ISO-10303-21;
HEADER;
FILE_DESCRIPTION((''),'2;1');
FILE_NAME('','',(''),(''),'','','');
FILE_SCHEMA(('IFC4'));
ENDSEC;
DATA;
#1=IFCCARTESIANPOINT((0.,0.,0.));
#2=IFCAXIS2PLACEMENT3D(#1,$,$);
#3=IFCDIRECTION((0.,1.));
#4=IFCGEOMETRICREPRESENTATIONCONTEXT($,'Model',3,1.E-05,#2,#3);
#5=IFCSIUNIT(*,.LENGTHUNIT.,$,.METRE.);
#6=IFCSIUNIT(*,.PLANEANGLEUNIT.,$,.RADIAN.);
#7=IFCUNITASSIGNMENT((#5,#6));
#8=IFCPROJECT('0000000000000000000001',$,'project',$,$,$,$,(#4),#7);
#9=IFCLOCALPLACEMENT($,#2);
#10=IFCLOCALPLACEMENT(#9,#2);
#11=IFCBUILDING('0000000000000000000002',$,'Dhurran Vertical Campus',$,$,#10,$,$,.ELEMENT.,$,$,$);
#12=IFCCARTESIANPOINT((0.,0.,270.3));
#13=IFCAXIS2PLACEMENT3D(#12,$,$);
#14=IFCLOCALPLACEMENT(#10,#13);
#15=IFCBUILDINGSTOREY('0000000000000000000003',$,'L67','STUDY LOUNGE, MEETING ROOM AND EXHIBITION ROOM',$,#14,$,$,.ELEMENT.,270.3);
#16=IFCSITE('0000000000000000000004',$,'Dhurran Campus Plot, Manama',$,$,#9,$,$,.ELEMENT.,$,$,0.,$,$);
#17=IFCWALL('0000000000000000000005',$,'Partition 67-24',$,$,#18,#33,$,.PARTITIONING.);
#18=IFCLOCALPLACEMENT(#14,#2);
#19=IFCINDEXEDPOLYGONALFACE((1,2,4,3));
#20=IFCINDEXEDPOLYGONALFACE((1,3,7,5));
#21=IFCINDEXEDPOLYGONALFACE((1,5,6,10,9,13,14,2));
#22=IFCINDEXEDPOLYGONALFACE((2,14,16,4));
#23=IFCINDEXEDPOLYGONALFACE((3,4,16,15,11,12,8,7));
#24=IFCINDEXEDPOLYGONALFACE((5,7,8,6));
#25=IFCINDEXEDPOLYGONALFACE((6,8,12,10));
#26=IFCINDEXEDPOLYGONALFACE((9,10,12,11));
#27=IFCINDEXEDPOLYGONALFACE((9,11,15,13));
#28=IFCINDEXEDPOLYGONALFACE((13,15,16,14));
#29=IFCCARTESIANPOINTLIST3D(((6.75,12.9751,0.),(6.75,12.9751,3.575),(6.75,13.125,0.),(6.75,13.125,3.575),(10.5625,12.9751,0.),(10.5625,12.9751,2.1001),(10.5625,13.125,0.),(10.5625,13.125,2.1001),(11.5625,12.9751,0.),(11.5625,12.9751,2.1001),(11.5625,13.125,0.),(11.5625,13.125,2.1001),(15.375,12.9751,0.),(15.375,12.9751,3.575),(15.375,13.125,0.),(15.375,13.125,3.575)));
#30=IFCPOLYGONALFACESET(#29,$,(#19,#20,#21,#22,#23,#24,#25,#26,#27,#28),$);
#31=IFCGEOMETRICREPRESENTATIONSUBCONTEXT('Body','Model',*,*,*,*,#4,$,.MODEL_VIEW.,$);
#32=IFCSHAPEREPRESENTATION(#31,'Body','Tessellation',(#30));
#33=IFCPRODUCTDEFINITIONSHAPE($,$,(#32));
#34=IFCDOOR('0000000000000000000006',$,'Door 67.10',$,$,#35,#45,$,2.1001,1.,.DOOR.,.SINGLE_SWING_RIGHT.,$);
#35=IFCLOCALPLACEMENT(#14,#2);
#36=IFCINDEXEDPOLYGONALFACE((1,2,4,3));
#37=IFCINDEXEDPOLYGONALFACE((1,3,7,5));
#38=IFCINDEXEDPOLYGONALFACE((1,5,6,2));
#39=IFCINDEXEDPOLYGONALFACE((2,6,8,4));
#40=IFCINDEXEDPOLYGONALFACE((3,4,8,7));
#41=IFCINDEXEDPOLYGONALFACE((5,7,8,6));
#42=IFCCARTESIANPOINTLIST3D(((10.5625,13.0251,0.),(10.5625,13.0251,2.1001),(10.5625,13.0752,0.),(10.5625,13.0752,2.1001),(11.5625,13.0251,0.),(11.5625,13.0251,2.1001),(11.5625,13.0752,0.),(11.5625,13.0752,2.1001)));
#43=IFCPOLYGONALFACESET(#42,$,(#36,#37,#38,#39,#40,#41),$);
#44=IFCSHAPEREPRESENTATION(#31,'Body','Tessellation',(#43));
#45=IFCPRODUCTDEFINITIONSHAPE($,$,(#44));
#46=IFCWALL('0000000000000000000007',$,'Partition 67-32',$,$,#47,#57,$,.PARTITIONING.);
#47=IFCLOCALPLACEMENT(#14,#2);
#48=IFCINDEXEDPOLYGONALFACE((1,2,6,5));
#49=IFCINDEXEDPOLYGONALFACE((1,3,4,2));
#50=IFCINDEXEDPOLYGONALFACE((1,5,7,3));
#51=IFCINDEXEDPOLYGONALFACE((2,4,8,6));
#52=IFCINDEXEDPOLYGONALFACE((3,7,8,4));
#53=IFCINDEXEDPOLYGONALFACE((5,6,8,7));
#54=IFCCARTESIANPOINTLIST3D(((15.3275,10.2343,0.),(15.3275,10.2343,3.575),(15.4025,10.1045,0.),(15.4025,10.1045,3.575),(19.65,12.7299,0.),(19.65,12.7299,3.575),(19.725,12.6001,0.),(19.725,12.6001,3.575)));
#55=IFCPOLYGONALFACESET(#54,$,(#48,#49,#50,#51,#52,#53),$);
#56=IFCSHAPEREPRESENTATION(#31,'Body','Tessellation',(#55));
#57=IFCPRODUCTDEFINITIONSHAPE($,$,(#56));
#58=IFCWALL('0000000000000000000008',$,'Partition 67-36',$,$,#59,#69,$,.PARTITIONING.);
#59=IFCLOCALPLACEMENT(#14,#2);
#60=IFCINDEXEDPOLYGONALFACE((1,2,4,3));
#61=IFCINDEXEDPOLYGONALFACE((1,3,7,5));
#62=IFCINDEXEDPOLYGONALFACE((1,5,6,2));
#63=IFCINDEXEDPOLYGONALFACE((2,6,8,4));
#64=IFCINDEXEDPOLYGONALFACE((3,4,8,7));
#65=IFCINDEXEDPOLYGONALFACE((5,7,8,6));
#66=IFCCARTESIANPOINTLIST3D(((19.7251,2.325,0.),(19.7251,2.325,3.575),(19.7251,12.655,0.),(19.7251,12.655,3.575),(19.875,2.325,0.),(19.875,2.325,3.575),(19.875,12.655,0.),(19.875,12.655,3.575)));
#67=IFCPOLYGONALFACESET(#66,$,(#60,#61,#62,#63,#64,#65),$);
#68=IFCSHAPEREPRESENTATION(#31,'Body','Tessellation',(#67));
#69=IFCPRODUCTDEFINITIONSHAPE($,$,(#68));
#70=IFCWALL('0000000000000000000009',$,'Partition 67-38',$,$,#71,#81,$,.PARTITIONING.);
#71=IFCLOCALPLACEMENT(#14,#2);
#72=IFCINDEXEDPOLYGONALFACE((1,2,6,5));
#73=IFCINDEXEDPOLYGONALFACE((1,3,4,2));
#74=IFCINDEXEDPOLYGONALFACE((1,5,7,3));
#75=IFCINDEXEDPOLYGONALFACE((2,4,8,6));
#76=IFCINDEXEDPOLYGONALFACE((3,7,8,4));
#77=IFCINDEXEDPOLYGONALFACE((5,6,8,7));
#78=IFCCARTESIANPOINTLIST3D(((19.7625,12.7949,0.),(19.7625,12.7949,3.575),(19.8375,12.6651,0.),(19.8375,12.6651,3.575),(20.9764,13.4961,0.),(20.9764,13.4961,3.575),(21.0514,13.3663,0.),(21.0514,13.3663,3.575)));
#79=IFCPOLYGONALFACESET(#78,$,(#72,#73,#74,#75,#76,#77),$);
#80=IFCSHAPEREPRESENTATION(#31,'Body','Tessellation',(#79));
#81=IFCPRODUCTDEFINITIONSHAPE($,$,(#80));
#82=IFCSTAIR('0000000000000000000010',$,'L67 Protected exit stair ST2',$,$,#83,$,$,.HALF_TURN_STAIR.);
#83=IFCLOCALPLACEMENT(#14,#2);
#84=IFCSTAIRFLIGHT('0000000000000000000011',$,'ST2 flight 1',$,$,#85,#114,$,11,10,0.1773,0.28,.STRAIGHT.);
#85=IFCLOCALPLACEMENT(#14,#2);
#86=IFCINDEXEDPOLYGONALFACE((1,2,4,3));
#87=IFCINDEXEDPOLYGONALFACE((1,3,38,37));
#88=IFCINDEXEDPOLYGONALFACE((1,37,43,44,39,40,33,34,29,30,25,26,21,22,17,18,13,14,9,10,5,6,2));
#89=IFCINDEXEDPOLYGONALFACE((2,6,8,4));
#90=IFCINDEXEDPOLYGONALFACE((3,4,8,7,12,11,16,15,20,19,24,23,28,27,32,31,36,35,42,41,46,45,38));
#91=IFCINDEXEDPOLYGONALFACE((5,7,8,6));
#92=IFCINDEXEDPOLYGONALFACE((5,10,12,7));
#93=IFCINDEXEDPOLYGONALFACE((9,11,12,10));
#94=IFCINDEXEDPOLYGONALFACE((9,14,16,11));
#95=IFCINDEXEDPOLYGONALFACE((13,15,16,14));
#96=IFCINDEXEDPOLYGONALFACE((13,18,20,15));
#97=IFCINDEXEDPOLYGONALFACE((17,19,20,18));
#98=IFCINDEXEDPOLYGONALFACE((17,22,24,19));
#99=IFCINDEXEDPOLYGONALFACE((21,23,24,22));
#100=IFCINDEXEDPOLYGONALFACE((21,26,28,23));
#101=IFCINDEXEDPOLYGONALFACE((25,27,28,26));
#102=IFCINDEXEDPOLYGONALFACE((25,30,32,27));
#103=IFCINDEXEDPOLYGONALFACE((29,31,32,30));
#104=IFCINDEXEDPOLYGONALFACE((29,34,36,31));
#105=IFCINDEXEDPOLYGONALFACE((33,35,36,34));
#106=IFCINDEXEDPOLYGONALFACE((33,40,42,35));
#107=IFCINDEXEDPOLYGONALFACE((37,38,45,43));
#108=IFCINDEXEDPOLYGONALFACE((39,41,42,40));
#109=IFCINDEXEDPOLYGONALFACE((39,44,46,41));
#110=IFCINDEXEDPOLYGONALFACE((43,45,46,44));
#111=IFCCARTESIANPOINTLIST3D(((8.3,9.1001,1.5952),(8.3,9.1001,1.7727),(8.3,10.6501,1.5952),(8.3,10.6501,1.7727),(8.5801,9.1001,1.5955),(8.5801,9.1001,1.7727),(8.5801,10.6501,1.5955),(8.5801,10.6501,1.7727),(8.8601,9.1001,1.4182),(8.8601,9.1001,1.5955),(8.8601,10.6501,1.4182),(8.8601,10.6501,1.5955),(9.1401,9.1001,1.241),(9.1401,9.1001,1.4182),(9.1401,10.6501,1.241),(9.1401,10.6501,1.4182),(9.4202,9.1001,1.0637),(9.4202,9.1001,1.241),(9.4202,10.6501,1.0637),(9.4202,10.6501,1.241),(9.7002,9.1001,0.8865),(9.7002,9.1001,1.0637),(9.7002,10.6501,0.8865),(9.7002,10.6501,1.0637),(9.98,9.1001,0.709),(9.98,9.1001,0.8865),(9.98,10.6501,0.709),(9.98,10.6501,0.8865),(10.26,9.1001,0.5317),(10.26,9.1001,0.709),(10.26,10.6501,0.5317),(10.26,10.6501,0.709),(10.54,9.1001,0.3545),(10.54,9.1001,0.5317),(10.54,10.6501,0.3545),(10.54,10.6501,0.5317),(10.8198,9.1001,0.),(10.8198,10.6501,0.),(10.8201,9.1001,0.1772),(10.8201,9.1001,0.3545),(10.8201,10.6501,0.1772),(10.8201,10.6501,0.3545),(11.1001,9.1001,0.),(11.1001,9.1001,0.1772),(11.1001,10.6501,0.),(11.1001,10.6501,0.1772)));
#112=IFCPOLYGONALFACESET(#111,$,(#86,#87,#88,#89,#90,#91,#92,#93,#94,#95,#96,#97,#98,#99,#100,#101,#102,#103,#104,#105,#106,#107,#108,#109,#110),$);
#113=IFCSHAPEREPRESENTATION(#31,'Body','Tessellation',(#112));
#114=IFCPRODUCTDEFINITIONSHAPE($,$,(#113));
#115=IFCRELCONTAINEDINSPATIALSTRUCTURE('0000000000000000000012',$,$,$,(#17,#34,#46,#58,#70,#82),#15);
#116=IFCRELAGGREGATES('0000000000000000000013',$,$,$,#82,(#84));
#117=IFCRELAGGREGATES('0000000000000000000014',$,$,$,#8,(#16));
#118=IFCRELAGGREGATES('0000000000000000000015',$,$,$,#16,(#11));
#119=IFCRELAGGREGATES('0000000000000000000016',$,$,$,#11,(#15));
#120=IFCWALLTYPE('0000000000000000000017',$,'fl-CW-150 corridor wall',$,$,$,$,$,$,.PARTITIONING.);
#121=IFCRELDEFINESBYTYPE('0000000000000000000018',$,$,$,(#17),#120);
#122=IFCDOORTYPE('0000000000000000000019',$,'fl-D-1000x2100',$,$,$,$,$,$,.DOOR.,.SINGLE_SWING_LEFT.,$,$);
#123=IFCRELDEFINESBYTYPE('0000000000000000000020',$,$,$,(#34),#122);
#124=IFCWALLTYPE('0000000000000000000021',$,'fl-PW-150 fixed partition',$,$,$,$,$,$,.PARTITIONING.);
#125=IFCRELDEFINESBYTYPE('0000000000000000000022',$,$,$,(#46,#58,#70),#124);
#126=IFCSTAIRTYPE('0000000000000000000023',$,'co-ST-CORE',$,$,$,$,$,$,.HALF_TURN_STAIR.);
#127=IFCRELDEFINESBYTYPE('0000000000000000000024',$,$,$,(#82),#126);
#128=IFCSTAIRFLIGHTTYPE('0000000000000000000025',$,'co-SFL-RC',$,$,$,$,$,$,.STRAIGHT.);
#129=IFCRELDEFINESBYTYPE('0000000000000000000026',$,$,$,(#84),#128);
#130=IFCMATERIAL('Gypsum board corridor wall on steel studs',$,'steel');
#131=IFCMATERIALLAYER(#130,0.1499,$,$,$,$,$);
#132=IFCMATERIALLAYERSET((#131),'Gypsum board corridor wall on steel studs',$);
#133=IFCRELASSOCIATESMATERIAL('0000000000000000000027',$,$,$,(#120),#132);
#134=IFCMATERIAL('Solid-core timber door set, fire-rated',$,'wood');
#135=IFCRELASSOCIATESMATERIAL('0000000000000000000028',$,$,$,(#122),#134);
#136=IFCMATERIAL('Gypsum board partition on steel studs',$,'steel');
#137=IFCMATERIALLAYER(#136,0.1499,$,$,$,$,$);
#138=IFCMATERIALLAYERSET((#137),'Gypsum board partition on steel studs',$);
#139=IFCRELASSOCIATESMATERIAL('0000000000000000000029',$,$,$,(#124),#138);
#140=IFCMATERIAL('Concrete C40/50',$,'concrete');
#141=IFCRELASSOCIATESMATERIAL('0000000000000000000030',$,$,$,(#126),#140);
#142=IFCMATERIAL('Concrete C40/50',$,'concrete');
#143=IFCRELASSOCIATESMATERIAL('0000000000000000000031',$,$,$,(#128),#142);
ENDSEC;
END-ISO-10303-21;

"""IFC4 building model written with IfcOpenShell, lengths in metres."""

from ifc_helpers import new_model, si_unit, direction, frame, frame_2d, origin, place, context, subcontext, project, spatial, polyline, rectangle, outline, extrude, material, layer, layer_set, type_object, element, fill, aggregate, save


model = new_model("IFC4")

# Units and contexts
model_context = context("Model", 3, precision=1e-05, world=origin(), true_north=direction((0.0, 1.0)))
body_context = subcontext(model_context, "Body", "Model", "MODEL_VIEW")
ifc_project = project(units=[si_unit("LENGTHUNIT", "METRE"), si_unit("PLANEANGLEUNIT", "RADIAN")], contexts=[model_context])

# Site, building, storey
site_placement = place(None, origin())
site = spatial("IfcSite", under=ifc_project, at=site_placement, Name="Dhurran Campus Plot, Manama", CompositionType="ELEMENT", RefElevation=0.0)
building_placement = place(site_placement, origin())
building = spatial("IfcBuilding", under=site, at=building_placement, Name="Dhurran Vertical Campus", CompositionType="ELEMENT")
storey_placement = place(building_placement, frame((0.0, 0.0, 270.3)))
storey = spatial("IfcBuildingStorey", under=building, at=storey_placement, Name="L67", Description="STUDY LOUNGE, MEETING ROOM AND EXHIBITION ROOM", CompositionType="ELEMENT", Elevation=270.3)

# Wall, opening, door
ifc_material_1 = material(Name="Gypsum board corridor wall on steel studs", Category="steel")
ifc_layer_1 = layer(ifc_material_1, 0.1499)
ifc_layer_set_1 = layer_set([ifc_layer_1], Name="Gypsum board corridor wall on steel studs")
wall_type_1 = type_object("IfcWallType", Name="fl-CW-150 corridor wall", PredefinedType="PARTITIONING", material=ifc_layer_set_1)
wall_1_placement = place(storey_placement, frame((15.375, 13.05, 0.0), z_axis=(0.0, 0.0, 1.0), x_axis=(-1.0, 0.0, 0.0)))
wall_1 = element("IfcWall", 1, at=wall_1_placement, inside=storey, type_object=wall_type_1, Name="Partition 67-24", PredefinedType="PARTITIONING", context=body_context, shape_type="SweptSolid", body=[
    extrude(rectangle(XDim=8.625, YDim=0.1499, at=frame_2d((4.3125, 0.0))), origin(), (0.0, 0.0, 1.0), 3.575),
])
opening_1_placement = place(wall_1_placement, frame((3.8125, 0.0, 0.0)))
opening_1 = element("IfcOpeningElement", 2, at=opening_1_placement, cuts=wall_1, PredefinedType="OPENING", context=body_context, shape_type="SweptSolid", body=[
    extrude(rectangle(XDim=1.0, YDim=2.1001, at=frame_2d((0.5, 1.05))), frame((0.0, 0.085, 0.0), z_axis=(0.0, -1.0, 0.0), x_axis=(1.0, 0.0, 0.0)), (0.0, 0.0, 1.0), 0.1699),
])
ifc_material_2 = material(Name="Solid-core timber door set, fire-rated", Category="wood")
door_type = type_object("IfcDoorType", Name="fl-D-1000x2100", OperationType="SINGLE_SWING_LEFT", PredefinedType="DOOR", material=ifc_material_2)
door_placement = place(opening_1_placement, origin())
door = element("IfcDoor", 3, at=door_placement, inside=storey, type_object=door_type, Name="Door 67.10", OperationType="SINGLE_SWING_RIGHT", OverallHeight=2.1001, OverallWidth=1.0, PredefinedType="DOOR", context=body_context, shape_type="SweptSolid", body=[
    extrude(rectangle(XDim=1.0, YDim=2.1001, at=frame_2d((0.5, 1.05))), frame((0.0, 0.0249, 0.0), z_axis=(0.0, -1.0, 0.0), x_axis=(1.0, 0.0, 0.0)), (0.0, 0.0, 1.0), 0.05),
])
fill(opening_1, door)

# Walls
ifc_material_3 = material(Name="Gypsum board partition on steel studs", Category="steel")
ifc_layer_2 = layer(ifc_material_3, 0.1499)
ifc_layer_set_2 = layer_set([ifc_layer_2], Name="Gypsum board partition on steel studs")
wall_type_2 = type_object("IfcWallType", Name="fl-PW-150 fixed partition", PredefinedType="PARTITIONING", material=ifc_layer_set_2)
wall_2_placement = place(storey_placement, frame((19.6875, 12.665, 0.0), z_axis=(0.0, 0.0, 1.0), x_axis=(-0.866025, -0.5, 0.0)))
element("IfcWall", 4, at=wall_2_placement, inside=storey, type_object=wall_type_2, Name="Partition 67-32", PredefinedType="PARTITIONING", context=body_context, shape_type="SweptSolid", body=[
    extrude(rectangle(XDim=4.9912, YDim=0.1499, at=frame_2d((2.4956, 0.0))), origin(), (0.0, 0.0, 1.0), 3.575),
])
wall_3_placement = place(storey_placement, frame((19.8, 12.655, 0.0), z_axis=(0.0, 0.0, 1.0), x_axis=(0.0, -1.0, 0.0)))
element("IfcWall", 5, at=wall_3_placement, inside=storey, type_object=wall_type_2, Name="Partition 67-36", PredefinedType="PARTITIONING", context=body_context, shape_type="SweptSolid", body=[
    extrude(rectangle(XDim=10.3301, YDim=0.1499, at=frame_2d((5.165, 0.0))), origin(), (0.0, 0.0, 1.0), 3.575),
])
wall_4_placement = place(storey_placement, frame((21.0139, 13.4312, 0.0), z_axis=(0.0, 0.0, 1.0), x_axis=(-0.865919, -0.500185, 0.0)))
element("IfcWall", 6, at=wall_4_placement, inside=storey, type_object=wall_type_2, Name="Partition 67-38", PredefinedType="PARTITIONING", context=body_context, shape_type="SweptSolid", body=[
    extrude(rectangle(XDim=1.4019, YDim=0.1499, at=frame_2d((0.7009, 0.0))), origin(), (0.0, 0.0, 1.0), 3.575),
])

# Stair, stair flight
ifc_material_4 = material(Name="Concrete C40/50", Category="concrete")
stair_type = type_object("IfcStairType", Name="co-ST-CORE", PredefinedType="HALF_TURN_STAIR", material=ifc_material_4)
stair_placement = place(storey_placement, origin())
stair = element("IfcStair", 7, at=stair_placement, inside=storey, type_object=stair_type, Name="L67 Protected exit stair ST2", PredefinedType="HALF_TURN_STAIR")
ifc_material_5 = material(Name="Concrete C40/50", Category="concrete")
stair_flight_type = type_object("IfcStairFlightType", Name="co-SFL-RC", PredefinedType="STRAIGHT", material=ifc_material_5)
stair_flight_placement = place(storey_placement, frame((11.1001, 9.875, 0.0), z_axis=(0.0, 0.0, 1.0), x_axis=(-1.0, 0.0, 0.0)))
stair_flight = element("IfcStairFlight", 8, at=stair_flight_placement, type_object=stair_flight_type, Name="ST2 flight 1", NumberOfRisers=11, NumberOfTreads=10, PredefinedType="STRAIGHT", RiserHeight=0.1773, TreadLength=0.28, context=body_context, shape_type="SweptSolid", body=[
    extrude(outline(polyline([(0.0, 0.0), (0.0, 0.1772), (0.28, 0.1772), (0.28, 0.3545), (0.5601, 0.3545), (0.5601, 0.5317), (0.8401, 0.5317), (0.8401, 0.709), (1.1201, 0.709), (1.1201, 0.8865), (1.3999, 0.8865), (1.3999, 1.0637), (1.6799, 1.0637), (1.6799, 1.241), (1.96, 1.241), (1.96, 1.4182), (2.24, 1.4182), (2.24, 1.5955), (2.52, 1.5955), (2.52, 1.7727), (2.8, 1.7727), (2.8, 1.95), (2.8, 1.5952), (0.2803, 0.0), (0.0, 0.0)])), frame((0.0, 0.7749, 0.0), z_axis=(0.0, -1.0, 0.0), x_axis=(1.0, 0.0, 0.0)), (0.0, 0.0, 1.0), 1.55),
])
aggregate(stair, [stair_flight])

save(model, "model.ifc")
